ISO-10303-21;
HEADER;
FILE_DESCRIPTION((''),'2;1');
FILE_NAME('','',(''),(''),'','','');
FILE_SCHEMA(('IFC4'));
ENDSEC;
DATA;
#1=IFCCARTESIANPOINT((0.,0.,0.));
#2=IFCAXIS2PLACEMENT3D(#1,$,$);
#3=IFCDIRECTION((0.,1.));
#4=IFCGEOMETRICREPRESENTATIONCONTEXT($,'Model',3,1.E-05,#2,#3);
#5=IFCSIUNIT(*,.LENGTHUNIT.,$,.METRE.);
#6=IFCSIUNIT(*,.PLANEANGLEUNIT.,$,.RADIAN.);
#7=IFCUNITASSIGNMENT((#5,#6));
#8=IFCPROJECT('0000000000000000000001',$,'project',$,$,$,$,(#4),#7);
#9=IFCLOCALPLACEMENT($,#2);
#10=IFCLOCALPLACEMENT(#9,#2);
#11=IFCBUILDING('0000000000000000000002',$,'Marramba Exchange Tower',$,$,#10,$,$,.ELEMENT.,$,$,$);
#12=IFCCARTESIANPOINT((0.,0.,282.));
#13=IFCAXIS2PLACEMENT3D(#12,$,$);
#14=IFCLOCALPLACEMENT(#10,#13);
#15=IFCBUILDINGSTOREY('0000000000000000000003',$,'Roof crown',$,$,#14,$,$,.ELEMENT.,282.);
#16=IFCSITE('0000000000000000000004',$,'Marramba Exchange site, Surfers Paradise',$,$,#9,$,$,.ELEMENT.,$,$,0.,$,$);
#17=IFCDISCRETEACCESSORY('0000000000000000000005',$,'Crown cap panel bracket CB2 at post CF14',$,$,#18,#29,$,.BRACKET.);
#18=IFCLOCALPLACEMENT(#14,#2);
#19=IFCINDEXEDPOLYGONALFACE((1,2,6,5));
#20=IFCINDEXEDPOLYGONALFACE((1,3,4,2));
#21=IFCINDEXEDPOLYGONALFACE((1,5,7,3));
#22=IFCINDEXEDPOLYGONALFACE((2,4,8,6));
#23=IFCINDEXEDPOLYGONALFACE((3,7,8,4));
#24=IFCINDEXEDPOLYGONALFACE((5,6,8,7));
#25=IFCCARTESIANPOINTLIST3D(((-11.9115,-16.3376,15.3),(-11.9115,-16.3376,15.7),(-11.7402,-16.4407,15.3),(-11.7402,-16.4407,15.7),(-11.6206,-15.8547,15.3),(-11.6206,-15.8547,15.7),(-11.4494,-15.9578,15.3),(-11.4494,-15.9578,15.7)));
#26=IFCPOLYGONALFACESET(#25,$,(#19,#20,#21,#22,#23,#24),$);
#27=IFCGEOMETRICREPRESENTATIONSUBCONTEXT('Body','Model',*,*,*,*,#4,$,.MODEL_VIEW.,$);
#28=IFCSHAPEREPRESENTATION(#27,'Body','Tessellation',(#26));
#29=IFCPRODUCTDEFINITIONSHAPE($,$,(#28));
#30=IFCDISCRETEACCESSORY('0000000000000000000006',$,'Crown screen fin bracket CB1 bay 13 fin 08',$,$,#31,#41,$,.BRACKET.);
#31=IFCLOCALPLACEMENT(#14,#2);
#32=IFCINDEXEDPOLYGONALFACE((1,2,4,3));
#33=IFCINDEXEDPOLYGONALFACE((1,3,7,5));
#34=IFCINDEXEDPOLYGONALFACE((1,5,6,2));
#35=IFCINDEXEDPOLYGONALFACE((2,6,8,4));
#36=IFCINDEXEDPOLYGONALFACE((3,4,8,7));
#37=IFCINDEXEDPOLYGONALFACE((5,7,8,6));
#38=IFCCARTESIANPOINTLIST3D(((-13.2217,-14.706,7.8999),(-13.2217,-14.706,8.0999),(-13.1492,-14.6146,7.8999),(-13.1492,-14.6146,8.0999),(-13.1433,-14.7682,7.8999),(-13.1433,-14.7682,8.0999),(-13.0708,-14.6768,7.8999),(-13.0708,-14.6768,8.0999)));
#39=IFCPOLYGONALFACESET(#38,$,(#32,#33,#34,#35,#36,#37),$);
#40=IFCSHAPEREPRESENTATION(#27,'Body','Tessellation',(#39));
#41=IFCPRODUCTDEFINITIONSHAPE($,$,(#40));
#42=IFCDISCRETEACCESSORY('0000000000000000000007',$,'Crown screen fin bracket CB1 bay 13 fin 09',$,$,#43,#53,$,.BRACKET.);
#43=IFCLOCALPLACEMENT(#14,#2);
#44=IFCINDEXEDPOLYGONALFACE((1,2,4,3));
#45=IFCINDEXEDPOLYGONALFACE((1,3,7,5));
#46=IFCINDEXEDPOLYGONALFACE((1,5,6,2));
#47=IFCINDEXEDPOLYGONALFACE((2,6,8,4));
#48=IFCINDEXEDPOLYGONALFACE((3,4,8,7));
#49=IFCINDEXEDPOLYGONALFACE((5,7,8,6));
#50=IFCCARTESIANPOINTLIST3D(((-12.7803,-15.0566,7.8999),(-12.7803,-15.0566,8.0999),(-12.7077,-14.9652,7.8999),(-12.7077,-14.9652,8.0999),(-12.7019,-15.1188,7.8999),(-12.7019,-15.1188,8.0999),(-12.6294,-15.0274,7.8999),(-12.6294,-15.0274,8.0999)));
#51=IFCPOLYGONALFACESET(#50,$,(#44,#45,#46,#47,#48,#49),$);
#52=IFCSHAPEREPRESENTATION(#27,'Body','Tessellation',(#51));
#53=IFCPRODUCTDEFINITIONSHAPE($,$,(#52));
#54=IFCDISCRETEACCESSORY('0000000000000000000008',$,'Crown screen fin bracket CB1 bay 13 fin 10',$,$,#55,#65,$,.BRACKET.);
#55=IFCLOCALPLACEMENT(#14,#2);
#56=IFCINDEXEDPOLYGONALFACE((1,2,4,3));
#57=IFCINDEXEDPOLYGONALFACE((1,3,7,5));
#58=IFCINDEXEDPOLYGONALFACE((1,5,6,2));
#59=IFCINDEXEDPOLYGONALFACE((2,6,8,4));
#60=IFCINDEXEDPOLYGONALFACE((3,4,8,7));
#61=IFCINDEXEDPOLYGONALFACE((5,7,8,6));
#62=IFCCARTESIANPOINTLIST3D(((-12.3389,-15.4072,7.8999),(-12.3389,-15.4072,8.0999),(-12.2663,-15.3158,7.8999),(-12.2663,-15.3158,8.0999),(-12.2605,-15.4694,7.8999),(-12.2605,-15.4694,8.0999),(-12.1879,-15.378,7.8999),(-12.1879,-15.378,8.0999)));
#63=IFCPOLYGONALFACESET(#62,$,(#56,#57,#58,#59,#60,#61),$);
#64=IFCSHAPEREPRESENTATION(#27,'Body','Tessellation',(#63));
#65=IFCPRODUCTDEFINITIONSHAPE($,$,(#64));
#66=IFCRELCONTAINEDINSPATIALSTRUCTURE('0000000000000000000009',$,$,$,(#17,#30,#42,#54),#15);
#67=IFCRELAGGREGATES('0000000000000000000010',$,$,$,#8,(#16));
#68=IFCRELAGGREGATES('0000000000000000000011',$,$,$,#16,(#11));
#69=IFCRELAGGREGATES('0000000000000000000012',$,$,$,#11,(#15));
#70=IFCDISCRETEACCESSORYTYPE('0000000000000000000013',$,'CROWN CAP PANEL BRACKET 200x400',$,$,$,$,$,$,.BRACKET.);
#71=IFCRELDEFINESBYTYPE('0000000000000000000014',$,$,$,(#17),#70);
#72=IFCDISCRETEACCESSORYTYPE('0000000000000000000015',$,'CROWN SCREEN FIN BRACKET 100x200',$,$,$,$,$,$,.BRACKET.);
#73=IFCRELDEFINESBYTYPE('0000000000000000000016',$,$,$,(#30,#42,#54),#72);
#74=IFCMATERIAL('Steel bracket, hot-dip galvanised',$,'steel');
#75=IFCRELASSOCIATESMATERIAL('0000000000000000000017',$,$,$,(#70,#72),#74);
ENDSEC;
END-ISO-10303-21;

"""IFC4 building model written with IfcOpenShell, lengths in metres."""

from ifc_helpers import new_model, si_unit, direction, frame, origin, origin_2d, place, context, subcontext, project, spatial, rectangle, extrude, material, type_object, element, save


model = new_model("IFC4")

# Units and contexts
model_context = context("Model", 3, precision=1e-05, world=origin(), true_north=direction((0.0, 1.0)))
body_context = subcontext(model_context, "Body", "Model", "MODEL_VIEW")
ifc_project = project(units=[si_unit("LENGTHUNIT", "METRE"), si_unit("PLANEANGLEUNIT", "RADIAN")], contexts=[model_context])

# Site, building, storey
site_placement = place(None, origin())
site = spatial("IfcSite", under=ifc_project, at=site_placement, Name="Marramba Exchange site, Surfers Paradise", CompositionType="ELEMENT", RefElevation=0.0)
building_placement = place(site_placement, origin())
building = spatial("IfcBuilding", under=site, at=building_placement, Name="Marramba Exchange Tower", CompositionType="ELEMENT")
storey_placement = place(building_placement, frame((0.0, 0.0, 282.0)))
storey = spatial("IfcBuildingStorey", under=building, at=storey_placement, Name="Roof crown", CompositionType="ELEMENT", Elevation=282.0)

# Discrete accessories
ifc_material_1 = material(Name="Steel bracket, hot-dip galvanised", Category="steel")
discrete_accessory_type_1 = type_object("IfcDiscreteAccessoryType", Name="CROWN CAP PANEL BRACKET 200x400", PredefinedType="BRACKET", material=ifc_material_1)
discrete_accessory_placement = place(storey_placement, frame((-11.6804, -16.1477, 15.3), z_axis=(0.0, 0.0, 1.0), x_axis=(-0.515942, -0.856624, 0.0)))
element("IfcDiscreteAccessory", 1, at=discrete_accessory_placement, inside=storey, type_object=discrete_accessory_type_1, Name="Crown cap panel bracket CB2 at post CF14", PredefinedType="BRACKET", context=body_context, shape_type="SweptSolid", body=[
    extrude(rectangle(XDim=0.5637, YDim=0.2, at=origin_2d()), origin(), (0.0, 0.0, 1.0), 0.3999),
])
discrete_accessory_type_2 = type_object("IfcDiscreteAccessoryType", Name="CROWN SCREEN FIN BRACKET 100x200", PredefinedType="BRACKET", material=ifc_material_1)
for number, where, z_axis, x_axis, name in (
    (2, (-13.1462, -14.6914, 7.8999), (0.0, 0.0, 1.0), (0.78314, -0.621845, 0.0), "Crown screen fin bracket CB1 bay 13 fin 08"),
    (3, (-12.7048, -15.042, 7.8999), (0.0, 0.0, 1.0), (0.78314, -0.621845, 0.0), "Crown screen fin bracket CB1 bay 13 fin 09"),
    (4, (-12.2634, -15.3926, 7.8999), (0.0, 0.0, 1.0), (0.78314, -0.621845, 0.0), "Crown screen fin bracket CB1 bay 13 fin 10"),
):
    element("IfcDiscreteAccessory", number, at=place(storey_placement, frame(where, z_axis=z_axis, x_axis=x_axis)), inside=storey, type_object=discrete_accessory_type_2, Name=name, PredefinedType="BRACKET", context=body_context, shape_type="SweptSolid", body=[
        extrude(rectangle(XDim=0.1001, YDim=0.1167, at=origin_2d()), origin(), (0.0, 0.0, 1.0), 0.2),
    ])

save(model, "model.ifc")
